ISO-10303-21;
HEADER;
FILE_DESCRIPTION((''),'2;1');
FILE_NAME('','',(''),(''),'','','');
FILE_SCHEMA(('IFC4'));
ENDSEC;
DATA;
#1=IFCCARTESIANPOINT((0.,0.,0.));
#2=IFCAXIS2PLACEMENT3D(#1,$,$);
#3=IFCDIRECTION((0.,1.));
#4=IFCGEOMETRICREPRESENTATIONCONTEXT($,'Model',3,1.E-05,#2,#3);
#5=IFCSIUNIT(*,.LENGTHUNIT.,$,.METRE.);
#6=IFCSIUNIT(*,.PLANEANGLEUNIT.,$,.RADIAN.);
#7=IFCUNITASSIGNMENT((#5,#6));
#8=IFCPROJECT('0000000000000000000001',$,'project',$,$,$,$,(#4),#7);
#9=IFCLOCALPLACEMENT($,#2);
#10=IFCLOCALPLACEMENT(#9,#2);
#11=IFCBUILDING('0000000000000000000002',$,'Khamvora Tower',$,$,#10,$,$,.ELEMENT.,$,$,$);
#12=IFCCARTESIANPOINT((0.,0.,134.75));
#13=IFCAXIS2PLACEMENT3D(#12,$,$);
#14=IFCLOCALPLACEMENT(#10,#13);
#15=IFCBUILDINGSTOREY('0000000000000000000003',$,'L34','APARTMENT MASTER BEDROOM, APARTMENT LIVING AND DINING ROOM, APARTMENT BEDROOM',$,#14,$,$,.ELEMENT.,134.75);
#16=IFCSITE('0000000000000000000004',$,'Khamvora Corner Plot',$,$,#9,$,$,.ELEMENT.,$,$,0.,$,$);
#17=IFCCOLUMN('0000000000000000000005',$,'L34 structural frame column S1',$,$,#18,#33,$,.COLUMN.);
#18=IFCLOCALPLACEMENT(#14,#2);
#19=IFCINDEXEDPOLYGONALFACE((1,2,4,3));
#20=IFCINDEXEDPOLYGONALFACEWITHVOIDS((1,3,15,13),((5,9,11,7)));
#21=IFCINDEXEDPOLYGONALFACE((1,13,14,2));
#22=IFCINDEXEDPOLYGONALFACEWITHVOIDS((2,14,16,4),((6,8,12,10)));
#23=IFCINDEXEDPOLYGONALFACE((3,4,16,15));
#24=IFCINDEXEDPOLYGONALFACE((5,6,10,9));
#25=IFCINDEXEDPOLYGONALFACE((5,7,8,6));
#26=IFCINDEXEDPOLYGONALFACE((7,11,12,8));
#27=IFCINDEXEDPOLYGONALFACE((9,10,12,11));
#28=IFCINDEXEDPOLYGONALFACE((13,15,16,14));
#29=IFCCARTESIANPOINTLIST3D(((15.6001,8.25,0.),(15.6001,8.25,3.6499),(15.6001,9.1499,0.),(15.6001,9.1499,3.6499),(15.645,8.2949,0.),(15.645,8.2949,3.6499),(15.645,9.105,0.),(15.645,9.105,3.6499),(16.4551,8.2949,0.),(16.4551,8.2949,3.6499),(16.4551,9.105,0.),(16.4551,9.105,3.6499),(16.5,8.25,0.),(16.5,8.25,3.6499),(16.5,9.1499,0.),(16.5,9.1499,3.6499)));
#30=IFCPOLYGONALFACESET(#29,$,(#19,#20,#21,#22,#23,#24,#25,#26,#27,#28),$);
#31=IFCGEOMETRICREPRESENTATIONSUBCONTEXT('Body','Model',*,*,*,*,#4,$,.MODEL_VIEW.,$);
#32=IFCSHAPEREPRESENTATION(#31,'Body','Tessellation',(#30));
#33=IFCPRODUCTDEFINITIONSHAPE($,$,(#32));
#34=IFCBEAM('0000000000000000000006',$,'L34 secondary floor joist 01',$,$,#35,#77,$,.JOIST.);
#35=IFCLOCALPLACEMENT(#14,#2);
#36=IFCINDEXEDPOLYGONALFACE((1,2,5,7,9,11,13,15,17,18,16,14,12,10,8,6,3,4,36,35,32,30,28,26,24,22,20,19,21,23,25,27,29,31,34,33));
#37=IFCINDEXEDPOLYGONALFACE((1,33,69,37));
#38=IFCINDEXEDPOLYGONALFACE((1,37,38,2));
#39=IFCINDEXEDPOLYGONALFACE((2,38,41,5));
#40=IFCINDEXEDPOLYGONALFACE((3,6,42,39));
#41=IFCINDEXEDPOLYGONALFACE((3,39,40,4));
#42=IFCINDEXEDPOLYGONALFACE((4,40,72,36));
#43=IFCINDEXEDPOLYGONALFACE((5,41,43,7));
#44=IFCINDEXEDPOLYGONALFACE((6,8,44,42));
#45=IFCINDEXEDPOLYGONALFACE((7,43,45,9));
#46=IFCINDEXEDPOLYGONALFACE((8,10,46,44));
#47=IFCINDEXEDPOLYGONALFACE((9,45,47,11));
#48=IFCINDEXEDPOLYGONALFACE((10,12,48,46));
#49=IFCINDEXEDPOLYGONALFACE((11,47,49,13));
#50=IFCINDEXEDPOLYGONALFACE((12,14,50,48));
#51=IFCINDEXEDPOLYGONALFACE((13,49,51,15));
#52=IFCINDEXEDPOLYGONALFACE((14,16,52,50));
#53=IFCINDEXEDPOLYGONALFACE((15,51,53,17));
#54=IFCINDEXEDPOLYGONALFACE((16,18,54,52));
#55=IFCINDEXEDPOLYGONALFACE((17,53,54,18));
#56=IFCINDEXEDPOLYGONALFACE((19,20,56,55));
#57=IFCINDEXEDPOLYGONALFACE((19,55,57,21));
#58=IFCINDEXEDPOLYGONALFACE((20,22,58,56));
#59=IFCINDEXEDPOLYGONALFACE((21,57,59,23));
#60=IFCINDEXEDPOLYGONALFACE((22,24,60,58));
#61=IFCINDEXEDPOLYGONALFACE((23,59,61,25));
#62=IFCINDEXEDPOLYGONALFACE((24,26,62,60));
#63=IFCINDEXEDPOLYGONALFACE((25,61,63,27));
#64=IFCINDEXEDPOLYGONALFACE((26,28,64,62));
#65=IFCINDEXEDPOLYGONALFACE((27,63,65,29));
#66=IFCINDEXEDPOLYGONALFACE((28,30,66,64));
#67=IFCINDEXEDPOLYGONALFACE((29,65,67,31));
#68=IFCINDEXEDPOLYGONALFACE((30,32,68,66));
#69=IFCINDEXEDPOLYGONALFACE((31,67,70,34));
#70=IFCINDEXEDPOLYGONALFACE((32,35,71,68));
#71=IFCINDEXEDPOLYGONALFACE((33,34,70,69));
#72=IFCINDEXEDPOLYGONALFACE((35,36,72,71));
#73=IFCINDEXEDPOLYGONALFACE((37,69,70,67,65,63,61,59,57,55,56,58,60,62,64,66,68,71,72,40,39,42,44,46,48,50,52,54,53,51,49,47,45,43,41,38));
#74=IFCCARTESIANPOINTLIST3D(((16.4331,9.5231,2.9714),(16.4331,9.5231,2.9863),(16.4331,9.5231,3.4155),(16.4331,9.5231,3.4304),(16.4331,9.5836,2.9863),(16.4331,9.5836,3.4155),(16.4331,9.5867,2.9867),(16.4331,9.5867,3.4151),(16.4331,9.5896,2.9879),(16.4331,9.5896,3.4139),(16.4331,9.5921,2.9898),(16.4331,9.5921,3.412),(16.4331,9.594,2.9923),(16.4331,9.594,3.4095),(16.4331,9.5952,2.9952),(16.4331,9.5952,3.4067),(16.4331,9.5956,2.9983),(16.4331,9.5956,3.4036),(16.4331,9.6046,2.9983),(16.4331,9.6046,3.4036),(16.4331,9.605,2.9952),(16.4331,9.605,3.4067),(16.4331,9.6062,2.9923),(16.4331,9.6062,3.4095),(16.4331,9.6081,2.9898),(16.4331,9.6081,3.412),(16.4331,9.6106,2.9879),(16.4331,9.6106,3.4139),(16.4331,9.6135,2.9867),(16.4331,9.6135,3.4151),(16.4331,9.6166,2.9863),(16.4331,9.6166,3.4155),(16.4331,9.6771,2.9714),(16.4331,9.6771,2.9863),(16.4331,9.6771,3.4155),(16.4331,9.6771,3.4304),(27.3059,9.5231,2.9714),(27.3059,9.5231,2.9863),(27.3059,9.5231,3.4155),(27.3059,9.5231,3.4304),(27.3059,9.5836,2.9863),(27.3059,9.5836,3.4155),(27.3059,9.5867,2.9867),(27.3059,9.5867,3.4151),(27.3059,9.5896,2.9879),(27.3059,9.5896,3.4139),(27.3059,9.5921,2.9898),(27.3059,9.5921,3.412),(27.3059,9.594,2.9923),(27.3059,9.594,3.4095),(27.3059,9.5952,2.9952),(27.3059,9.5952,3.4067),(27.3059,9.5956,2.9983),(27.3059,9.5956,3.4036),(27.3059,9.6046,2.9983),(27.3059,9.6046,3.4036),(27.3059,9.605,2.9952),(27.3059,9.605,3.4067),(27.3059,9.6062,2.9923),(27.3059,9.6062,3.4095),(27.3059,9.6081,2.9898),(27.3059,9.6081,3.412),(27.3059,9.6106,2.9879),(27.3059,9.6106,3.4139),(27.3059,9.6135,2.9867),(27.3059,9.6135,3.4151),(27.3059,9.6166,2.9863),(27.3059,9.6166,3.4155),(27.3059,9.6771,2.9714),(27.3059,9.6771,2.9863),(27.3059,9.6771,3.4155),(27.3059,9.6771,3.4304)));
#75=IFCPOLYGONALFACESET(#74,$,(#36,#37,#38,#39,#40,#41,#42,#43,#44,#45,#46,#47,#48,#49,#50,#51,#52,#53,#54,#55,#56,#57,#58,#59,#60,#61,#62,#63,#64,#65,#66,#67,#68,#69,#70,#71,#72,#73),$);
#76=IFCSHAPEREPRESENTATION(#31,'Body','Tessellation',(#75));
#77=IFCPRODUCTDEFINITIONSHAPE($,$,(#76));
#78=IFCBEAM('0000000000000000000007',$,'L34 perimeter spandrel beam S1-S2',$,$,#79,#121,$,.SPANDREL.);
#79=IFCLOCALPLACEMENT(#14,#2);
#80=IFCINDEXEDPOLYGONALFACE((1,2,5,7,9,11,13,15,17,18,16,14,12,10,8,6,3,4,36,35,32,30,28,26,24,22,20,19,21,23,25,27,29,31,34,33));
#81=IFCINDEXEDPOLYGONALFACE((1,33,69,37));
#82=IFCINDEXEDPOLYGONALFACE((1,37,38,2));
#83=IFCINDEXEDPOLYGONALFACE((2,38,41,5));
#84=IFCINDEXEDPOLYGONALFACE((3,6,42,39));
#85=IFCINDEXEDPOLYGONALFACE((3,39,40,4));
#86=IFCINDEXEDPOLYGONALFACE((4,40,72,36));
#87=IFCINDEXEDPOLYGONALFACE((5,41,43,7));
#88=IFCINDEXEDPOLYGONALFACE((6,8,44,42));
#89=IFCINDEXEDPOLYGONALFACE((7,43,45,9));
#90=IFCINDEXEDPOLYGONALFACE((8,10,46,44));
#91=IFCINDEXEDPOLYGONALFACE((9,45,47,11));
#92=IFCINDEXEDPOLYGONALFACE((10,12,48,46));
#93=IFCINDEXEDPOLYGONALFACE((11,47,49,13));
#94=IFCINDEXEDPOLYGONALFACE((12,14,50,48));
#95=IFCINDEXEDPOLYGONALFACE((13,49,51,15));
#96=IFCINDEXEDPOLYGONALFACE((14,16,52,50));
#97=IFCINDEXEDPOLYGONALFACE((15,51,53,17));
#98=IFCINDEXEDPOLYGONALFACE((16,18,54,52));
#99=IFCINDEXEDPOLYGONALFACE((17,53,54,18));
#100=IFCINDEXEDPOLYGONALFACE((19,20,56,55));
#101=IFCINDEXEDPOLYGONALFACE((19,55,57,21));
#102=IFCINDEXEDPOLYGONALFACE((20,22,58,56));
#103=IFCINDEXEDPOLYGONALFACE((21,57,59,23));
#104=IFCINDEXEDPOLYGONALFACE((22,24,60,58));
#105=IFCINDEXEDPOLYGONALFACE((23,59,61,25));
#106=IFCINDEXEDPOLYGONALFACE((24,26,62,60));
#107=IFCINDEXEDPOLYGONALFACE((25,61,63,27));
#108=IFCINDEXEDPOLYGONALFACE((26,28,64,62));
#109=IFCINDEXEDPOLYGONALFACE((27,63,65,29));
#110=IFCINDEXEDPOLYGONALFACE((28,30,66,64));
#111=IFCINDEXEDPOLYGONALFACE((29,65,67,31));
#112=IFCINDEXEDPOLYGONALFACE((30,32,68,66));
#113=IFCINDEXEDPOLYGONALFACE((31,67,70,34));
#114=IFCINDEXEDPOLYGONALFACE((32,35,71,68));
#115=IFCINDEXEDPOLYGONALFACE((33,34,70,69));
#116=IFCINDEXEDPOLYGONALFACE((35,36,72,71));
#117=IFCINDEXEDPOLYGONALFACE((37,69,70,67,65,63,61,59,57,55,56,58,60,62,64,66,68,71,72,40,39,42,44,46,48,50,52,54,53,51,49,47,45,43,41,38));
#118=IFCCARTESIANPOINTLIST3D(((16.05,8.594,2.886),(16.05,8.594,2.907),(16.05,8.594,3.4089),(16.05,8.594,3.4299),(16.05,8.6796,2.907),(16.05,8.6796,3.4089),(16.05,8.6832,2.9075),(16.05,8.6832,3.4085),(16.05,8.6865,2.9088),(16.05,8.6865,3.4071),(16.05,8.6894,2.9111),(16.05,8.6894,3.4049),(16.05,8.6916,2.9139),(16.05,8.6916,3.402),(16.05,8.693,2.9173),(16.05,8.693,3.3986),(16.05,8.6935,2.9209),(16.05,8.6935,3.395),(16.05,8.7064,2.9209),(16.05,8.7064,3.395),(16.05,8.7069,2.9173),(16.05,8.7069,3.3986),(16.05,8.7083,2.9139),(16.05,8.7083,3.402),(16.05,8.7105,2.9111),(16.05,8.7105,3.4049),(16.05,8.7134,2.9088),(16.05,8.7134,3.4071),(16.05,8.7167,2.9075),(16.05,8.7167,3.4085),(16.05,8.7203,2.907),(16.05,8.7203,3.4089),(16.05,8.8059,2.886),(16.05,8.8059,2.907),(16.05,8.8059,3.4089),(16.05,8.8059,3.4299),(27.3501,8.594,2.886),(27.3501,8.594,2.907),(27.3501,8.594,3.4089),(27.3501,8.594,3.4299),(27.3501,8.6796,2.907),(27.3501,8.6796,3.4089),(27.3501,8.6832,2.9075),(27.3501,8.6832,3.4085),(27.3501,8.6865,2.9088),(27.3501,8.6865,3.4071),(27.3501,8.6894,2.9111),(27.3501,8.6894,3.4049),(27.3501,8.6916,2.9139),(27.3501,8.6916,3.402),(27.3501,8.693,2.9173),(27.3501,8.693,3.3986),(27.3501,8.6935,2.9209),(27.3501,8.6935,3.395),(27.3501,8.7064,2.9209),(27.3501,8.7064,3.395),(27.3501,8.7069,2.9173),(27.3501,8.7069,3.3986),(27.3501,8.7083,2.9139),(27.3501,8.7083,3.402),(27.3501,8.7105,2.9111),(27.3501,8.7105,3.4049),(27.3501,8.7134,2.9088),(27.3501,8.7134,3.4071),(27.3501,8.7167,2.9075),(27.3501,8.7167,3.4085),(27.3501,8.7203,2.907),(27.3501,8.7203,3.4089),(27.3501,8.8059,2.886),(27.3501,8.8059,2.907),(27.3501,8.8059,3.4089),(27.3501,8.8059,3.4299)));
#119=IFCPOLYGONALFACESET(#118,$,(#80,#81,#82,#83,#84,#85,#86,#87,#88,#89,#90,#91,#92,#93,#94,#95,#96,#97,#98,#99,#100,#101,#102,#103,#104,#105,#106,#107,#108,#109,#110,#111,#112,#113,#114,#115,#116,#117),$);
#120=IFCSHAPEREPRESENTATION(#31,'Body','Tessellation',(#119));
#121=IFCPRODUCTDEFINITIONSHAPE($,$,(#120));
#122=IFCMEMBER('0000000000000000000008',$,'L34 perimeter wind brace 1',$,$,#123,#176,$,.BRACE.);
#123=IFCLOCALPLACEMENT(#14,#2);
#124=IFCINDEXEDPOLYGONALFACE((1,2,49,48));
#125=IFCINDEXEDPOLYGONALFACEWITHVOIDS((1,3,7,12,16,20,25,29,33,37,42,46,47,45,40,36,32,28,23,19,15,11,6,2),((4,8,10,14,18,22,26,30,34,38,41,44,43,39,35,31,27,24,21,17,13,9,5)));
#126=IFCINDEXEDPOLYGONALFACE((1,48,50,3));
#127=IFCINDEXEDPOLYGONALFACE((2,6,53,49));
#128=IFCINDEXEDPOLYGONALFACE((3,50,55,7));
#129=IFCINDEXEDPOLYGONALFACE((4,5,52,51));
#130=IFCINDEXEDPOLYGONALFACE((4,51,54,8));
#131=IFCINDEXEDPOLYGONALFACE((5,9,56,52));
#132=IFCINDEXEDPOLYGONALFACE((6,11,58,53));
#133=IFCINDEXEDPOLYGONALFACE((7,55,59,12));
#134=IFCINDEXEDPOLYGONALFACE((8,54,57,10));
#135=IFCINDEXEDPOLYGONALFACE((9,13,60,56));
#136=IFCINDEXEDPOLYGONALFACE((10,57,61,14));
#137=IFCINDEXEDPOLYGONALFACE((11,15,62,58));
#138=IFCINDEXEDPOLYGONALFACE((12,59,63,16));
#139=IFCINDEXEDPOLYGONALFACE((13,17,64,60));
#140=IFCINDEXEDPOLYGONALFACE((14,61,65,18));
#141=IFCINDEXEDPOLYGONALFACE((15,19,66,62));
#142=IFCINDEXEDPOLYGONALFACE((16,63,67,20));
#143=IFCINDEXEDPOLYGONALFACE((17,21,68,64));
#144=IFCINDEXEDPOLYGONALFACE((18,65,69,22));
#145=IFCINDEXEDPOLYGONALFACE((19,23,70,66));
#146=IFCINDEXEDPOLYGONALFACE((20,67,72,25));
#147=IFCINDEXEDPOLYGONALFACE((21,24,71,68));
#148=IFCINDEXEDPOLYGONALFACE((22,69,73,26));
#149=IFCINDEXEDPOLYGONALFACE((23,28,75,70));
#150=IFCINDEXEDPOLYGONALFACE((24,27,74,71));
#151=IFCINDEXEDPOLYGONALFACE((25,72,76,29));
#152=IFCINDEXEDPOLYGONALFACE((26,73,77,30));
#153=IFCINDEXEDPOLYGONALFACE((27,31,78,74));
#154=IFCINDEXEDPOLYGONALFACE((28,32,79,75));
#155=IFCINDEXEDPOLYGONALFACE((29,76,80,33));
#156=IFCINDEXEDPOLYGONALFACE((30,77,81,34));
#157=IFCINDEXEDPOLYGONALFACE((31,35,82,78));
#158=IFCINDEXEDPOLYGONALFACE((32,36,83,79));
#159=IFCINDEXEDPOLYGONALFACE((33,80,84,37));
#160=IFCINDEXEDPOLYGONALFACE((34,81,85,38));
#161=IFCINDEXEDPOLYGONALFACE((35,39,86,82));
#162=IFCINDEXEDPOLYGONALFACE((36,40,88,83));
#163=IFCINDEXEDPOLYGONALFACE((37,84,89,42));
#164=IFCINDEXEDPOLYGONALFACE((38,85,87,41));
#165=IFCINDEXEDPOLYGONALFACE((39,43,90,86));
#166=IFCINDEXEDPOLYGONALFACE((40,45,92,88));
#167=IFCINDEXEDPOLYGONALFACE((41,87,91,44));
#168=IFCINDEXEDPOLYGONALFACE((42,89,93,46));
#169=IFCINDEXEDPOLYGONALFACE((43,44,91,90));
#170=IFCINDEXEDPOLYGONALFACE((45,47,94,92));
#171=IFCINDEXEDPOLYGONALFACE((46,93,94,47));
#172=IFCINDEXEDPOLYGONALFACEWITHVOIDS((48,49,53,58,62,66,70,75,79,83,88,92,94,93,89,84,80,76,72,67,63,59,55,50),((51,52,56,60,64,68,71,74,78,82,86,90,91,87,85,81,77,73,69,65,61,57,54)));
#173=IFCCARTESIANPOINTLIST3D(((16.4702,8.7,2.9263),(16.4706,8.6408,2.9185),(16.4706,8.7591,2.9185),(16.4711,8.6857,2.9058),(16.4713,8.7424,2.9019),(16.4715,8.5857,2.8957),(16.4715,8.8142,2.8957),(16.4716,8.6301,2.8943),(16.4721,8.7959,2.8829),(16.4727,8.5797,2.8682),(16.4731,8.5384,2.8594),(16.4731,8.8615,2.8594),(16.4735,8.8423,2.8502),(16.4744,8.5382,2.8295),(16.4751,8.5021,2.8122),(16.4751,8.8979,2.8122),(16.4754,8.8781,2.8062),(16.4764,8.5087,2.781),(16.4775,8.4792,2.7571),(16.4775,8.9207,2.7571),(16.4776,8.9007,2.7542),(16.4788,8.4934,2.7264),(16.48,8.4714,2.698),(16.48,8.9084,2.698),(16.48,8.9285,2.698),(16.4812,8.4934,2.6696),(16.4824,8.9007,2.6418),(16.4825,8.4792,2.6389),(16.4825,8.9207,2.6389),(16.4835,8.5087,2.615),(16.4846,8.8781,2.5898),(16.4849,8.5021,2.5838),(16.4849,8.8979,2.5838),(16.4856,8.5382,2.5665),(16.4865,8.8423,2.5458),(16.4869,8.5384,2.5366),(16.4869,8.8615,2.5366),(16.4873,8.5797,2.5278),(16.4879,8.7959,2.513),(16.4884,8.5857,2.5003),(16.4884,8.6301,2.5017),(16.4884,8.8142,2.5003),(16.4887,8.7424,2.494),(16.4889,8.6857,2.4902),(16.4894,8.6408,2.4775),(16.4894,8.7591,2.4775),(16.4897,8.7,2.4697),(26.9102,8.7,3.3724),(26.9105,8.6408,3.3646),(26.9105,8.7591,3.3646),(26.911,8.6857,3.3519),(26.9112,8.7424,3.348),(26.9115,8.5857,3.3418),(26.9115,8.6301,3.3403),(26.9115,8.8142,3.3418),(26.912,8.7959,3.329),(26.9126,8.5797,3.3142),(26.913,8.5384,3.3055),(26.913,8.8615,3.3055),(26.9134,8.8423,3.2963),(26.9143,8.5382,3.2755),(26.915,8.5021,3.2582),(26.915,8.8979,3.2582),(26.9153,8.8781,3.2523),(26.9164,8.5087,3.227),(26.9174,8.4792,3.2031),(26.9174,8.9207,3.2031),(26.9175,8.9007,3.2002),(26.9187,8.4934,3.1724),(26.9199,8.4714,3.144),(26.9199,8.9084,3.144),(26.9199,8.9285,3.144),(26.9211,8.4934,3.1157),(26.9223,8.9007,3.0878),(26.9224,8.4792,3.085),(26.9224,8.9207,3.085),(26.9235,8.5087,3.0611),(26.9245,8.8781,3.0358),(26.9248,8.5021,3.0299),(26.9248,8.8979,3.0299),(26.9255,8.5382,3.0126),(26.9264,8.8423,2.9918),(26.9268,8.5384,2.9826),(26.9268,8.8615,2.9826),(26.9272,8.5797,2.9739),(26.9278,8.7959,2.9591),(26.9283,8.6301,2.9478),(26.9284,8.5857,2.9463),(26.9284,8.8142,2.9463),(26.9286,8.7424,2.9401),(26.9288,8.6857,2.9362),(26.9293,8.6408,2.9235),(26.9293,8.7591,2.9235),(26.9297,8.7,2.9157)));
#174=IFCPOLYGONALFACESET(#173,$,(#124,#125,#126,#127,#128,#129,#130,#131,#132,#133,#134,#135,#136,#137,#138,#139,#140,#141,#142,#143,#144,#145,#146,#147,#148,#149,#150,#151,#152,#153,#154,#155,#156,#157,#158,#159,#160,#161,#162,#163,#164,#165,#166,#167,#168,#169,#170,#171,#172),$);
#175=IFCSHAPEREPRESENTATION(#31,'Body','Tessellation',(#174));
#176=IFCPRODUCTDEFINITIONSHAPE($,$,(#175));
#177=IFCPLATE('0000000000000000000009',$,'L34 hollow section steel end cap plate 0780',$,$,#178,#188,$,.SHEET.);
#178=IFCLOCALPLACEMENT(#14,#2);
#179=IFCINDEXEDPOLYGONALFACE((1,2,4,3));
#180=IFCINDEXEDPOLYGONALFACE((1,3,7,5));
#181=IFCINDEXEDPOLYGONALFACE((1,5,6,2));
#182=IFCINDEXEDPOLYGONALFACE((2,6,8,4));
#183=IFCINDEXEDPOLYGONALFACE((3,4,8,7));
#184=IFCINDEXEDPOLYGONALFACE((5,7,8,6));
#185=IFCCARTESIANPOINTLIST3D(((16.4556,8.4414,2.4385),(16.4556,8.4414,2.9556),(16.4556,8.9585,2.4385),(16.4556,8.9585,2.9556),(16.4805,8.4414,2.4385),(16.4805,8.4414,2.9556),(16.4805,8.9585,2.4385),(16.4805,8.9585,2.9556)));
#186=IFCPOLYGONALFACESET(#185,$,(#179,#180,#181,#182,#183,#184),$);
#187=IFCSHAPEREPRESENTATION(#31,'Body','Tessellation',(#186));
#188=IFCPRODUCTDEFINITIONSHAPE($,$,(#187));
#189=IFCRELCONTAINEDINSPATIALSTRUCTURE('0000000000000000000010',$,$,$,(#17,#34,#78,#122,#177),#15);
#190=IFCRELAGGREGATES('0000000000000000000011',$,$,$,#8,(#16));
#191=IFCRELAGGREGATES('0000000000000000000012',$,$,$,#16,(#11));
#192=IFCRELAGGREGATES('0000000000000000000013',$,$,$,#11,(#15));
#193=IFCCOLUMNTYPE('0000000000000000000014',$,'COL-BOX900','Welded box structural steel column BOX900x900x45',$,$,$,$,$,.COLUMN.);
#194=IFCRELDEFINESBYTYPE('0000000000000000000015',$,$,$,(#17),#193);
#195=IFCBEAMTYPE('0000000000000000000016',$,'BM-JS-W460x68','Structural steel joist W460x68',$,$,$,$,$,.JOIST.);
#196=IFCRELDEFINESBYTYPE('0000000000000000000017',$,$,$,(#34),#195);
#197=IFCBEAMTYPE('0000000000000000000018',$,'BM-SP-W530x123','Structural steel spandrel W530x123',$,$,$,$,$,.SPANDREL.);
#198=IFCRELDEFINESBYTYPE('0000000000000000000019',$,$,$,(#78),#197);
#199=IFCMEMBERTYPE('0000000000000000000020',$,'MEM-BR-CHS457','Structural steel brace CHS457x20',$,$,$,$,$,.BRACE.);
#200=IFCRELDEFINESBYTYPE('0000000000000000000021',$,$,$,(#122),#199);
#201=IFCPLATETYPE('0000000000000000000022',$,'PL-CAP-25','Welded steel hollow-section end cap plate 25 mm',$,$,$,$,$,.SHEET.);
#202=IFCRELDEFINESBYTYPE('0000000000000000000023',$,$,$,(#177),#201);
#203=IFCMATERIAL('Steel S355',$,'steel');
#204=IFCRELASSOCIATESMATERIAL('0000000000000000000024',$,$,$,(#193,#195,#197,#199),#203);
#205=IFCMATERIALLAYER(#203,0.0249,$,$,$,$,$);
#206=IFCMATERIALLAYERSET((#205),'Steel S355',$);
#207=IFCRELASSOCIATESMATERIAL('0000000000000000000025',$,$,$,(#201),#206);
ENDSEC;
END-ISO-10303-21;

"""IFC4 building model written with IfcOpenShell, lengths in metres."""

from ifc_helpers import new_model, si_unit, direction, frame, origin, origin_2d, place, context, subcontext, project, spatial, rectangle, hollow_rectangle, hollow_circle, i_section, extrude, material, layer, layer_set, material_profile, profile_set, type_object, element, save


model = new_model("IFC4")

# Units and contexts
model_context = context("Model", 3, precision=1e-05, world=origin(), true_north=direction((0.0, 1.0)))
body_context = subcontext(model_context, "Body", "Model", "MODEL_VIEW")
ifc_project = project(units=[si_unit("LENGTHUNIT", "METRE"), si_unit("PLANEANGLEUNIT", "RADIAN")], contexts=[model_context])

# Site, building, storey
site_placement = place(None, origin())
site = spatial("IfcSite", under=ifc_project, at=site_placement, Name="Khamvora Corner Plot", CompositionType="ELEMENT", RefElevation=0.0)
building_placement = place(site_placement, origin())
building = spatial("IfcBuilding", under=site, at=building_placement, Name="Khamvora Tower", CompositionType="ELEMENT")
storey_placement = place(building_placement, frame((0.0, 0.0, 134.75)))
storey = spatial("IfcBuildingStorey", under=building, at=storey_placement, Name="L34", Description="APARTMENT MASTER BEDROOM, APARTMENT LIVING AND DINING ROOM, APARTMENT BEDROOM", CompositionType="ELEMENT", Elevation=134.75)

# Column
ifc_material_1 = material(Name="Steel S355", Category="steel")
ifc_material_profile_1 = material_profile(ifc_material_1, hollow_rectangle(XDim=0.8999, YDim=0.8999, WallThickness=0.0449, at=origin_2d()), Name="BOX900x900x45")
ifc_profile_set_1 = profile_set([ifc_material_profile_1], Name="Steel S355")
column_type = type_object("IfcColumnType", Name="COL-BOX900", Description="Welded box structural steel column BOX900x900x45", PredefinedType="COLUMN", material=ifc_profile_set_1)
column_placement = place(storey_placement, frame((16.05, 8.7, 0.0), z_axis=(0.0, 0.0, 1.0), x_axis=(1.0, 0.0, 0.0)))
element("IfcColumn", 1, at=column_placement, inside=storey, type_object=column_type, Name="L34 structural frame column S1", PredefinedType="COLUMN", context=body_context, shape_type="SweptSolid", body=[
    extrude(hollow_rectangle(XDim=0.8999, YDim=0.8999, WallThickness=0.0449, at=origin_2d()), origin(), (0.0, 0.0, 1.0), 3.6499),
])

# Beams
ifc_material_profile_2 = material_profile(ifc_material_1, i_section(OverallWidth=0.1541, OverallDepth=0.459, WebThickness=0.009, FlangeThickness=0.0149, FilletRadius=0.012, at=origin_2d()), Name="W460x68")
ifc_profile_set_2 = profile_set([ifc_material_profile_2], Name="Steel S355")
beam_type_1 = type_object("IfcBeamType", Name="BM-JS-W460x68", Description="Structural steel joist W460x68", PredefinedType="JOIST", material=ifc_profile_set_2)
beam_1_placement = place(storey_placement, frame((16.4331, 9.6001, 3.2009), z_axis=(1.0, 0.0, 0.0), x_axis=(0.0, 1.0, 0.0)))
element("IfcBeam", 2, at=beam_1_placement, inside=storey, type_object=beam_type_1, Name="L34 secondary floor joist 01", PredefinedType="JOIST", context=body_context, shape_type="SweptSolid", body=[
    extrude(i_section(OverallWidth=0.1541, OverallDepth=0.459, WebThickness=0.009, FlangeThickness=0.0149, FilletRadius=0.012, at=origin_2d()), origin(), (0.0, 0.0, 1.0), 10.8728),
])
ifc_material_profile_3 = material_profile(ifc_material_1, i_section(OverallWidth=0.2119, OverallDepth=0.5439, WebThickness=0.0129, FlangeThickness=0.021, FilletRadius=0.0139, at=origin_2d()), Name="W530x123")
ifc_profile_set_3 = profile_set([ifc_material_profile_3], Name="Steel S355")
beam_type_2 = type_object("IfcBeamType", Name="BM-SP-W530x123", Description="Structural steel spandrel W530x123", PredefinedType="SPANDREL", material=ifc_profile_set_3)
beam_2_placement = place(storey_placement, frame((16.05, 8.7, 3.158), z_axis=(1.0, 0.0, 0.0), x_axis=(0.0, 1.0, 0.0)))
element("IfcBeam", 3, at=beam_2_placement, inside=storey, type_object=beam_type_2, Name="L34 perimeter spandrel beam S1-S2", PredefinedType="SPANDREL", context=body_context, shape_type="SweptSolid", body=[
    extrude(i_section(OverallWidth=0.2119, OverallDepth=0.5439, WebThickness=0.0129, FlangeThickness=0.021, FilletRadius=0.0139, at=origin_2d()), origin(), (0.0, 0.0, 1.0), 11.3),
])

# Member
ifc_material_profile_4 = material_profile(ifc_material_1, hollow_circle(Radius=0.2285, WallThickness=0.02, at=origin_2d()), Name="CHS457x20")
ifc_profile_set_4 = profile_set([ifc_material_profile_4], Name="Steel S355")
member_type = type_object("IfcMemberType", Name="MEM-BR-CHS457", Description="Structural steel brace CHS457x20", PredefinedType="BRACE", material=ifc_profile_set_4)
member_placement = place(storey_placement, frame((16.48, 8.7, 2.698), z_axis=(0.999089, 0.0, 0.042686), x_axis=(0.0, 1.0, 0.0)))
element("IfcMember", 4, at=member_placement, inside=storey, type_object=member_type, Name="L34 perimeter wind brace 1", PredefinedType="BRACE", context=body_context, shape_type="SweptSolid", body=[
    extrude(hollow_circle(Radius=0.2285, WallThickness=0.02, at=origin_2d()), origin(), (0.0, 0.0, 1.0), 10.4495),
])

# Plate
ifc_layer_1 = layer(ifc_material_1, 0.0249)
ifc_layer_set_1 = layer_set([ifc_layer_1], Name="Steel S355")
plate_type_1 = type_object("IfcPlateType", Name="PL-CAP-25", Description="Welded steel hollow-section end cap plate 25 mm", PredefinedType="SHEET", material=ifc_layer_set_1)
plate_1_placement = place(storey_placement, frame((16.468, 8.7, 2.4385), z_axis=(0.0, 0.0, 1.0), x_axis=(1.0, 0.0, 0.0)))
element("IfcPlate", 5, at=plate_1_placement, inside=storey, type_object=plate_type_1, Name="L34 hollow section steel end cap plate 0780", PredefinedType="SHEET", context=body_context, shape_type="SweptSolid", body=[
    extrude(rectangle(XDim=0.0249, YDim=0.5171, at=origin_2d()), origin(), (0.0, 0.0, 1.0), 0.5171),
])

save(model, "model.ifc")
